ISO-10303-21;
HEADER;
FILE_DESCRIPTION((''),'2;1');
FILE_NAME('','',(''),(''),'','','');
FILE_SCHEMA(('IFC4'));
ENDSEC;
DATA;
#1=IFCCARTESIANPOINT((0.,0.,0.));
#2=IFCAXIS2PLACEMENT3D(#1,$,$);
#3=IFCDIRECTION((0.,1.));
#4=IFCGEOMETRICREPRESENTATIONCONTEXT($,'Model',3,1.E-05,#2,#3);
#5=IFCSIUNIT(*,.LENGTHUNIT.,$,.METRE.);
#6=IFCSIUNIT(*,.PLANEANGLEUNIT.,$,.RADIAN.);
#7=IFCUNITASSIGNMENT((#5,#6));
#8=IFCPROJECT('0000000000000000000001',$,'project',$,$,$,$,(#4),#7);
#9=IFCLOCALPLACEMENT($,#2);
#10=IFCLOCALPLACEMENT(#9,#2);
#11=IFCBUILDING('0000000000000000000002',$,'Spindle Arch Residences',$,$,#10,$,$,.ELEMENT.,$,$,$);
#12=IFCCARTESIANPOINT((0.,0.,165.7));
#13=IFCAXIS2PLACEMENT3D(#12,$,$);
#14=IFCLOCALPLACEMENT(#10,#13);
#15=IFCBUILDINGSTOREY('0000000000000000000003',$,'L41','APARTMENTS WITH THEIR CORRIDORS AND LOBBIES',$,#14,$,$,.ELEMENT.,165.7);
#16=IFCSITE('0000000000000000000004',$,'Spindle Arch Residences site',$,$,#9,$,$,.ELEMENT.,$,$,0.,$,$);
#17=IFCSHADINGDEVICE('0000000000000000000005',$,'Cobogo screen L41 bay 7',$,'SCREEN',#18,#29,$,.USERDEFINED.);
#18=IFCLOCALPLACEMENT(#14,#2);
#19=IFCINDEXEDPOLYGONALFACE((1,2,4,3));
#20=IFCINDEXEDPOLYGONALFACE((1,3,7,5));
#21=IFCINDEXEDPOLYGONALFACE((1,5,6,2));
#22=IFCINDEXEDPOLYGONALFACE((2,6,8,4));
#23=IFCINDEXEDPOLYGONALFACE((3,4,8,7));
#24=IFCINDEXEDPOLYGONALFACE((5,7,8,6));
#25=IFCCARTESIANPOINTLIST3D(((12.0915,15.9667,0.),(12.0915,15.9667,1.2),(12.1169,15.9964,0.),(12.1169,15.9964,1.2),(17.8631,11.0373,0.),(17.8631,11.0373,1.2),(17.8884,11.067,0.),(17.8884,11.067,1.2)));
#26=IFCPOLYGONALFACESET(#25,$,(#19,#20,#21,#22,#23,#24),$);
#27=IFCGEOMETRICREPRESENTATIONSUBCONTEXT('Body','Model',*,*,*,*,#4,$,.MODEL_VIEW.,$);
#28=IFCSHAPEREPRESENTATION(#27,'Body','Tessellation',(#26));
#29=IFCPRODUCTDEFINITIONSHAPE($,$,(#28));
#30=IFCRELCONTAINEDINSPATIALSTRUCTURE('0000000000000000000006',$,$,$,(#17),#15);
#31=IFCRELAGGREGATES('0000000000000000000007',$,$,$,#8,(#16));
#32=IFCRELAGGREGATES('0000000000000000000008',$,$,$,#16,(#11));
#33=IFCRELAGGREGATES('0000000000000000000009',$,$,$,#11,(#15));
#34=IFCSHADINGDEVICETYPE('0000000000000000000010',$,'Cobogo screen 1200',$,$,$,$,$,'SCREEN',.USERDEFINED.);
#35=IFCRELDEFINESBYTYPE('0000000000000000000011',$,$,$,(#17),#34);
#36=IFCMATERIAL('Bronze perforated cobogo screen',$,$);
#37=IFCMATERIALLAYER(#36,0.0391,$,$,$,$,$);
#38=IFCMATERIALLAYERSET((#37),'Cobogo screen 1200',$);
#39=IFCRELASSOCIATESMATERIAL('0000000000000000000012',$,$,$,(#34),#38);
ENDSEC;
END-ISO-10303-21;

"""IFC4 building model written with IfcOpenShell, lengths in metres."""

from ifc_helpers import new_model, si_unit, direction, frame, origin, origin_2d, place, context, subcontext, project, spatial, rectangle, extrude, material, layer, layer_set, type_object, element, save


model = new_model("IFC4")

# Units and contexts
model_context = context("Model", 3, precision=1e-05, world=origin(), true_north=direction((0.0, 1.0)))
body_context = subcontext(model_context, "Body", "Model", "MODEL_VIEW")
ifc_project = project(units=[si_unit("LENGTHUNIT", "METRE"), si_unit("PLANEANGLEUNIT", "RADIAN")], contexts=[model_context])

# Site, building, storey
site_placement = place(None, origin())
site = spatial("IfcSite", under=ifc_project, at=site_placement, Name="Spindle Arch Residences site", CompositionType="ELEMENT", RefElevation=0.0)
building_placement = place(site_placement, origin())
building = spatial("IfcBuilding", under=site, at=building_placement, Name="Spindle Arch Residences", CompositionType="ELEMENT")
storey_placement = place(building_placement, frame((0.0, 0.0, 165.7)))
storey = spatial("IfcBuildingStorey", under=building, at=storey_placement, Name="L41", Description="APARTMENTS WITH THEIR CORRIDORS AND LOBBIES", CompositionType="ELEMENT", Elevation=165.7)

# Shading device
ifc_material_1 = material(Name="Bronze perforated cobogo screen")
ifc_layer_1 = layer(ifc_material_1, 0.0391)
ifc_layer_set_1 = layer_set([ifc_layer_1], Name="Cobogo screen 1200")
shading_device_type = type_object("IfcShadingDeviceType", Name="Cobogo screen 1200", ElementType="SCREEN", PredefinedType="USERDEFINED", material=ifc_layer_set_1)
shading_device_placement = place(storey_placement, frame((14.99, 13.5168, 0.0), z_axis=(0.0, 0.0, 1.0), x_axis=(-0.760406, 0.649448, 0.0)))
element("IfcShadingDevice", 1, at=shading_device_placement, inside=storey, type_object=shading_device_type, Name="Cobogo screen L41 bay 7", ObjectType="SCREEN", PredefinedType="USERDEFINED", context=body_context, shape_type="SweptSolid", body=[
    extrude(rectangle(XDim=7.5901, YDim=0.0391, at=origin_2d()), origin(), (0.0, 0.0, 1.0), 1.2),
])

save(model, "model.ifc")
